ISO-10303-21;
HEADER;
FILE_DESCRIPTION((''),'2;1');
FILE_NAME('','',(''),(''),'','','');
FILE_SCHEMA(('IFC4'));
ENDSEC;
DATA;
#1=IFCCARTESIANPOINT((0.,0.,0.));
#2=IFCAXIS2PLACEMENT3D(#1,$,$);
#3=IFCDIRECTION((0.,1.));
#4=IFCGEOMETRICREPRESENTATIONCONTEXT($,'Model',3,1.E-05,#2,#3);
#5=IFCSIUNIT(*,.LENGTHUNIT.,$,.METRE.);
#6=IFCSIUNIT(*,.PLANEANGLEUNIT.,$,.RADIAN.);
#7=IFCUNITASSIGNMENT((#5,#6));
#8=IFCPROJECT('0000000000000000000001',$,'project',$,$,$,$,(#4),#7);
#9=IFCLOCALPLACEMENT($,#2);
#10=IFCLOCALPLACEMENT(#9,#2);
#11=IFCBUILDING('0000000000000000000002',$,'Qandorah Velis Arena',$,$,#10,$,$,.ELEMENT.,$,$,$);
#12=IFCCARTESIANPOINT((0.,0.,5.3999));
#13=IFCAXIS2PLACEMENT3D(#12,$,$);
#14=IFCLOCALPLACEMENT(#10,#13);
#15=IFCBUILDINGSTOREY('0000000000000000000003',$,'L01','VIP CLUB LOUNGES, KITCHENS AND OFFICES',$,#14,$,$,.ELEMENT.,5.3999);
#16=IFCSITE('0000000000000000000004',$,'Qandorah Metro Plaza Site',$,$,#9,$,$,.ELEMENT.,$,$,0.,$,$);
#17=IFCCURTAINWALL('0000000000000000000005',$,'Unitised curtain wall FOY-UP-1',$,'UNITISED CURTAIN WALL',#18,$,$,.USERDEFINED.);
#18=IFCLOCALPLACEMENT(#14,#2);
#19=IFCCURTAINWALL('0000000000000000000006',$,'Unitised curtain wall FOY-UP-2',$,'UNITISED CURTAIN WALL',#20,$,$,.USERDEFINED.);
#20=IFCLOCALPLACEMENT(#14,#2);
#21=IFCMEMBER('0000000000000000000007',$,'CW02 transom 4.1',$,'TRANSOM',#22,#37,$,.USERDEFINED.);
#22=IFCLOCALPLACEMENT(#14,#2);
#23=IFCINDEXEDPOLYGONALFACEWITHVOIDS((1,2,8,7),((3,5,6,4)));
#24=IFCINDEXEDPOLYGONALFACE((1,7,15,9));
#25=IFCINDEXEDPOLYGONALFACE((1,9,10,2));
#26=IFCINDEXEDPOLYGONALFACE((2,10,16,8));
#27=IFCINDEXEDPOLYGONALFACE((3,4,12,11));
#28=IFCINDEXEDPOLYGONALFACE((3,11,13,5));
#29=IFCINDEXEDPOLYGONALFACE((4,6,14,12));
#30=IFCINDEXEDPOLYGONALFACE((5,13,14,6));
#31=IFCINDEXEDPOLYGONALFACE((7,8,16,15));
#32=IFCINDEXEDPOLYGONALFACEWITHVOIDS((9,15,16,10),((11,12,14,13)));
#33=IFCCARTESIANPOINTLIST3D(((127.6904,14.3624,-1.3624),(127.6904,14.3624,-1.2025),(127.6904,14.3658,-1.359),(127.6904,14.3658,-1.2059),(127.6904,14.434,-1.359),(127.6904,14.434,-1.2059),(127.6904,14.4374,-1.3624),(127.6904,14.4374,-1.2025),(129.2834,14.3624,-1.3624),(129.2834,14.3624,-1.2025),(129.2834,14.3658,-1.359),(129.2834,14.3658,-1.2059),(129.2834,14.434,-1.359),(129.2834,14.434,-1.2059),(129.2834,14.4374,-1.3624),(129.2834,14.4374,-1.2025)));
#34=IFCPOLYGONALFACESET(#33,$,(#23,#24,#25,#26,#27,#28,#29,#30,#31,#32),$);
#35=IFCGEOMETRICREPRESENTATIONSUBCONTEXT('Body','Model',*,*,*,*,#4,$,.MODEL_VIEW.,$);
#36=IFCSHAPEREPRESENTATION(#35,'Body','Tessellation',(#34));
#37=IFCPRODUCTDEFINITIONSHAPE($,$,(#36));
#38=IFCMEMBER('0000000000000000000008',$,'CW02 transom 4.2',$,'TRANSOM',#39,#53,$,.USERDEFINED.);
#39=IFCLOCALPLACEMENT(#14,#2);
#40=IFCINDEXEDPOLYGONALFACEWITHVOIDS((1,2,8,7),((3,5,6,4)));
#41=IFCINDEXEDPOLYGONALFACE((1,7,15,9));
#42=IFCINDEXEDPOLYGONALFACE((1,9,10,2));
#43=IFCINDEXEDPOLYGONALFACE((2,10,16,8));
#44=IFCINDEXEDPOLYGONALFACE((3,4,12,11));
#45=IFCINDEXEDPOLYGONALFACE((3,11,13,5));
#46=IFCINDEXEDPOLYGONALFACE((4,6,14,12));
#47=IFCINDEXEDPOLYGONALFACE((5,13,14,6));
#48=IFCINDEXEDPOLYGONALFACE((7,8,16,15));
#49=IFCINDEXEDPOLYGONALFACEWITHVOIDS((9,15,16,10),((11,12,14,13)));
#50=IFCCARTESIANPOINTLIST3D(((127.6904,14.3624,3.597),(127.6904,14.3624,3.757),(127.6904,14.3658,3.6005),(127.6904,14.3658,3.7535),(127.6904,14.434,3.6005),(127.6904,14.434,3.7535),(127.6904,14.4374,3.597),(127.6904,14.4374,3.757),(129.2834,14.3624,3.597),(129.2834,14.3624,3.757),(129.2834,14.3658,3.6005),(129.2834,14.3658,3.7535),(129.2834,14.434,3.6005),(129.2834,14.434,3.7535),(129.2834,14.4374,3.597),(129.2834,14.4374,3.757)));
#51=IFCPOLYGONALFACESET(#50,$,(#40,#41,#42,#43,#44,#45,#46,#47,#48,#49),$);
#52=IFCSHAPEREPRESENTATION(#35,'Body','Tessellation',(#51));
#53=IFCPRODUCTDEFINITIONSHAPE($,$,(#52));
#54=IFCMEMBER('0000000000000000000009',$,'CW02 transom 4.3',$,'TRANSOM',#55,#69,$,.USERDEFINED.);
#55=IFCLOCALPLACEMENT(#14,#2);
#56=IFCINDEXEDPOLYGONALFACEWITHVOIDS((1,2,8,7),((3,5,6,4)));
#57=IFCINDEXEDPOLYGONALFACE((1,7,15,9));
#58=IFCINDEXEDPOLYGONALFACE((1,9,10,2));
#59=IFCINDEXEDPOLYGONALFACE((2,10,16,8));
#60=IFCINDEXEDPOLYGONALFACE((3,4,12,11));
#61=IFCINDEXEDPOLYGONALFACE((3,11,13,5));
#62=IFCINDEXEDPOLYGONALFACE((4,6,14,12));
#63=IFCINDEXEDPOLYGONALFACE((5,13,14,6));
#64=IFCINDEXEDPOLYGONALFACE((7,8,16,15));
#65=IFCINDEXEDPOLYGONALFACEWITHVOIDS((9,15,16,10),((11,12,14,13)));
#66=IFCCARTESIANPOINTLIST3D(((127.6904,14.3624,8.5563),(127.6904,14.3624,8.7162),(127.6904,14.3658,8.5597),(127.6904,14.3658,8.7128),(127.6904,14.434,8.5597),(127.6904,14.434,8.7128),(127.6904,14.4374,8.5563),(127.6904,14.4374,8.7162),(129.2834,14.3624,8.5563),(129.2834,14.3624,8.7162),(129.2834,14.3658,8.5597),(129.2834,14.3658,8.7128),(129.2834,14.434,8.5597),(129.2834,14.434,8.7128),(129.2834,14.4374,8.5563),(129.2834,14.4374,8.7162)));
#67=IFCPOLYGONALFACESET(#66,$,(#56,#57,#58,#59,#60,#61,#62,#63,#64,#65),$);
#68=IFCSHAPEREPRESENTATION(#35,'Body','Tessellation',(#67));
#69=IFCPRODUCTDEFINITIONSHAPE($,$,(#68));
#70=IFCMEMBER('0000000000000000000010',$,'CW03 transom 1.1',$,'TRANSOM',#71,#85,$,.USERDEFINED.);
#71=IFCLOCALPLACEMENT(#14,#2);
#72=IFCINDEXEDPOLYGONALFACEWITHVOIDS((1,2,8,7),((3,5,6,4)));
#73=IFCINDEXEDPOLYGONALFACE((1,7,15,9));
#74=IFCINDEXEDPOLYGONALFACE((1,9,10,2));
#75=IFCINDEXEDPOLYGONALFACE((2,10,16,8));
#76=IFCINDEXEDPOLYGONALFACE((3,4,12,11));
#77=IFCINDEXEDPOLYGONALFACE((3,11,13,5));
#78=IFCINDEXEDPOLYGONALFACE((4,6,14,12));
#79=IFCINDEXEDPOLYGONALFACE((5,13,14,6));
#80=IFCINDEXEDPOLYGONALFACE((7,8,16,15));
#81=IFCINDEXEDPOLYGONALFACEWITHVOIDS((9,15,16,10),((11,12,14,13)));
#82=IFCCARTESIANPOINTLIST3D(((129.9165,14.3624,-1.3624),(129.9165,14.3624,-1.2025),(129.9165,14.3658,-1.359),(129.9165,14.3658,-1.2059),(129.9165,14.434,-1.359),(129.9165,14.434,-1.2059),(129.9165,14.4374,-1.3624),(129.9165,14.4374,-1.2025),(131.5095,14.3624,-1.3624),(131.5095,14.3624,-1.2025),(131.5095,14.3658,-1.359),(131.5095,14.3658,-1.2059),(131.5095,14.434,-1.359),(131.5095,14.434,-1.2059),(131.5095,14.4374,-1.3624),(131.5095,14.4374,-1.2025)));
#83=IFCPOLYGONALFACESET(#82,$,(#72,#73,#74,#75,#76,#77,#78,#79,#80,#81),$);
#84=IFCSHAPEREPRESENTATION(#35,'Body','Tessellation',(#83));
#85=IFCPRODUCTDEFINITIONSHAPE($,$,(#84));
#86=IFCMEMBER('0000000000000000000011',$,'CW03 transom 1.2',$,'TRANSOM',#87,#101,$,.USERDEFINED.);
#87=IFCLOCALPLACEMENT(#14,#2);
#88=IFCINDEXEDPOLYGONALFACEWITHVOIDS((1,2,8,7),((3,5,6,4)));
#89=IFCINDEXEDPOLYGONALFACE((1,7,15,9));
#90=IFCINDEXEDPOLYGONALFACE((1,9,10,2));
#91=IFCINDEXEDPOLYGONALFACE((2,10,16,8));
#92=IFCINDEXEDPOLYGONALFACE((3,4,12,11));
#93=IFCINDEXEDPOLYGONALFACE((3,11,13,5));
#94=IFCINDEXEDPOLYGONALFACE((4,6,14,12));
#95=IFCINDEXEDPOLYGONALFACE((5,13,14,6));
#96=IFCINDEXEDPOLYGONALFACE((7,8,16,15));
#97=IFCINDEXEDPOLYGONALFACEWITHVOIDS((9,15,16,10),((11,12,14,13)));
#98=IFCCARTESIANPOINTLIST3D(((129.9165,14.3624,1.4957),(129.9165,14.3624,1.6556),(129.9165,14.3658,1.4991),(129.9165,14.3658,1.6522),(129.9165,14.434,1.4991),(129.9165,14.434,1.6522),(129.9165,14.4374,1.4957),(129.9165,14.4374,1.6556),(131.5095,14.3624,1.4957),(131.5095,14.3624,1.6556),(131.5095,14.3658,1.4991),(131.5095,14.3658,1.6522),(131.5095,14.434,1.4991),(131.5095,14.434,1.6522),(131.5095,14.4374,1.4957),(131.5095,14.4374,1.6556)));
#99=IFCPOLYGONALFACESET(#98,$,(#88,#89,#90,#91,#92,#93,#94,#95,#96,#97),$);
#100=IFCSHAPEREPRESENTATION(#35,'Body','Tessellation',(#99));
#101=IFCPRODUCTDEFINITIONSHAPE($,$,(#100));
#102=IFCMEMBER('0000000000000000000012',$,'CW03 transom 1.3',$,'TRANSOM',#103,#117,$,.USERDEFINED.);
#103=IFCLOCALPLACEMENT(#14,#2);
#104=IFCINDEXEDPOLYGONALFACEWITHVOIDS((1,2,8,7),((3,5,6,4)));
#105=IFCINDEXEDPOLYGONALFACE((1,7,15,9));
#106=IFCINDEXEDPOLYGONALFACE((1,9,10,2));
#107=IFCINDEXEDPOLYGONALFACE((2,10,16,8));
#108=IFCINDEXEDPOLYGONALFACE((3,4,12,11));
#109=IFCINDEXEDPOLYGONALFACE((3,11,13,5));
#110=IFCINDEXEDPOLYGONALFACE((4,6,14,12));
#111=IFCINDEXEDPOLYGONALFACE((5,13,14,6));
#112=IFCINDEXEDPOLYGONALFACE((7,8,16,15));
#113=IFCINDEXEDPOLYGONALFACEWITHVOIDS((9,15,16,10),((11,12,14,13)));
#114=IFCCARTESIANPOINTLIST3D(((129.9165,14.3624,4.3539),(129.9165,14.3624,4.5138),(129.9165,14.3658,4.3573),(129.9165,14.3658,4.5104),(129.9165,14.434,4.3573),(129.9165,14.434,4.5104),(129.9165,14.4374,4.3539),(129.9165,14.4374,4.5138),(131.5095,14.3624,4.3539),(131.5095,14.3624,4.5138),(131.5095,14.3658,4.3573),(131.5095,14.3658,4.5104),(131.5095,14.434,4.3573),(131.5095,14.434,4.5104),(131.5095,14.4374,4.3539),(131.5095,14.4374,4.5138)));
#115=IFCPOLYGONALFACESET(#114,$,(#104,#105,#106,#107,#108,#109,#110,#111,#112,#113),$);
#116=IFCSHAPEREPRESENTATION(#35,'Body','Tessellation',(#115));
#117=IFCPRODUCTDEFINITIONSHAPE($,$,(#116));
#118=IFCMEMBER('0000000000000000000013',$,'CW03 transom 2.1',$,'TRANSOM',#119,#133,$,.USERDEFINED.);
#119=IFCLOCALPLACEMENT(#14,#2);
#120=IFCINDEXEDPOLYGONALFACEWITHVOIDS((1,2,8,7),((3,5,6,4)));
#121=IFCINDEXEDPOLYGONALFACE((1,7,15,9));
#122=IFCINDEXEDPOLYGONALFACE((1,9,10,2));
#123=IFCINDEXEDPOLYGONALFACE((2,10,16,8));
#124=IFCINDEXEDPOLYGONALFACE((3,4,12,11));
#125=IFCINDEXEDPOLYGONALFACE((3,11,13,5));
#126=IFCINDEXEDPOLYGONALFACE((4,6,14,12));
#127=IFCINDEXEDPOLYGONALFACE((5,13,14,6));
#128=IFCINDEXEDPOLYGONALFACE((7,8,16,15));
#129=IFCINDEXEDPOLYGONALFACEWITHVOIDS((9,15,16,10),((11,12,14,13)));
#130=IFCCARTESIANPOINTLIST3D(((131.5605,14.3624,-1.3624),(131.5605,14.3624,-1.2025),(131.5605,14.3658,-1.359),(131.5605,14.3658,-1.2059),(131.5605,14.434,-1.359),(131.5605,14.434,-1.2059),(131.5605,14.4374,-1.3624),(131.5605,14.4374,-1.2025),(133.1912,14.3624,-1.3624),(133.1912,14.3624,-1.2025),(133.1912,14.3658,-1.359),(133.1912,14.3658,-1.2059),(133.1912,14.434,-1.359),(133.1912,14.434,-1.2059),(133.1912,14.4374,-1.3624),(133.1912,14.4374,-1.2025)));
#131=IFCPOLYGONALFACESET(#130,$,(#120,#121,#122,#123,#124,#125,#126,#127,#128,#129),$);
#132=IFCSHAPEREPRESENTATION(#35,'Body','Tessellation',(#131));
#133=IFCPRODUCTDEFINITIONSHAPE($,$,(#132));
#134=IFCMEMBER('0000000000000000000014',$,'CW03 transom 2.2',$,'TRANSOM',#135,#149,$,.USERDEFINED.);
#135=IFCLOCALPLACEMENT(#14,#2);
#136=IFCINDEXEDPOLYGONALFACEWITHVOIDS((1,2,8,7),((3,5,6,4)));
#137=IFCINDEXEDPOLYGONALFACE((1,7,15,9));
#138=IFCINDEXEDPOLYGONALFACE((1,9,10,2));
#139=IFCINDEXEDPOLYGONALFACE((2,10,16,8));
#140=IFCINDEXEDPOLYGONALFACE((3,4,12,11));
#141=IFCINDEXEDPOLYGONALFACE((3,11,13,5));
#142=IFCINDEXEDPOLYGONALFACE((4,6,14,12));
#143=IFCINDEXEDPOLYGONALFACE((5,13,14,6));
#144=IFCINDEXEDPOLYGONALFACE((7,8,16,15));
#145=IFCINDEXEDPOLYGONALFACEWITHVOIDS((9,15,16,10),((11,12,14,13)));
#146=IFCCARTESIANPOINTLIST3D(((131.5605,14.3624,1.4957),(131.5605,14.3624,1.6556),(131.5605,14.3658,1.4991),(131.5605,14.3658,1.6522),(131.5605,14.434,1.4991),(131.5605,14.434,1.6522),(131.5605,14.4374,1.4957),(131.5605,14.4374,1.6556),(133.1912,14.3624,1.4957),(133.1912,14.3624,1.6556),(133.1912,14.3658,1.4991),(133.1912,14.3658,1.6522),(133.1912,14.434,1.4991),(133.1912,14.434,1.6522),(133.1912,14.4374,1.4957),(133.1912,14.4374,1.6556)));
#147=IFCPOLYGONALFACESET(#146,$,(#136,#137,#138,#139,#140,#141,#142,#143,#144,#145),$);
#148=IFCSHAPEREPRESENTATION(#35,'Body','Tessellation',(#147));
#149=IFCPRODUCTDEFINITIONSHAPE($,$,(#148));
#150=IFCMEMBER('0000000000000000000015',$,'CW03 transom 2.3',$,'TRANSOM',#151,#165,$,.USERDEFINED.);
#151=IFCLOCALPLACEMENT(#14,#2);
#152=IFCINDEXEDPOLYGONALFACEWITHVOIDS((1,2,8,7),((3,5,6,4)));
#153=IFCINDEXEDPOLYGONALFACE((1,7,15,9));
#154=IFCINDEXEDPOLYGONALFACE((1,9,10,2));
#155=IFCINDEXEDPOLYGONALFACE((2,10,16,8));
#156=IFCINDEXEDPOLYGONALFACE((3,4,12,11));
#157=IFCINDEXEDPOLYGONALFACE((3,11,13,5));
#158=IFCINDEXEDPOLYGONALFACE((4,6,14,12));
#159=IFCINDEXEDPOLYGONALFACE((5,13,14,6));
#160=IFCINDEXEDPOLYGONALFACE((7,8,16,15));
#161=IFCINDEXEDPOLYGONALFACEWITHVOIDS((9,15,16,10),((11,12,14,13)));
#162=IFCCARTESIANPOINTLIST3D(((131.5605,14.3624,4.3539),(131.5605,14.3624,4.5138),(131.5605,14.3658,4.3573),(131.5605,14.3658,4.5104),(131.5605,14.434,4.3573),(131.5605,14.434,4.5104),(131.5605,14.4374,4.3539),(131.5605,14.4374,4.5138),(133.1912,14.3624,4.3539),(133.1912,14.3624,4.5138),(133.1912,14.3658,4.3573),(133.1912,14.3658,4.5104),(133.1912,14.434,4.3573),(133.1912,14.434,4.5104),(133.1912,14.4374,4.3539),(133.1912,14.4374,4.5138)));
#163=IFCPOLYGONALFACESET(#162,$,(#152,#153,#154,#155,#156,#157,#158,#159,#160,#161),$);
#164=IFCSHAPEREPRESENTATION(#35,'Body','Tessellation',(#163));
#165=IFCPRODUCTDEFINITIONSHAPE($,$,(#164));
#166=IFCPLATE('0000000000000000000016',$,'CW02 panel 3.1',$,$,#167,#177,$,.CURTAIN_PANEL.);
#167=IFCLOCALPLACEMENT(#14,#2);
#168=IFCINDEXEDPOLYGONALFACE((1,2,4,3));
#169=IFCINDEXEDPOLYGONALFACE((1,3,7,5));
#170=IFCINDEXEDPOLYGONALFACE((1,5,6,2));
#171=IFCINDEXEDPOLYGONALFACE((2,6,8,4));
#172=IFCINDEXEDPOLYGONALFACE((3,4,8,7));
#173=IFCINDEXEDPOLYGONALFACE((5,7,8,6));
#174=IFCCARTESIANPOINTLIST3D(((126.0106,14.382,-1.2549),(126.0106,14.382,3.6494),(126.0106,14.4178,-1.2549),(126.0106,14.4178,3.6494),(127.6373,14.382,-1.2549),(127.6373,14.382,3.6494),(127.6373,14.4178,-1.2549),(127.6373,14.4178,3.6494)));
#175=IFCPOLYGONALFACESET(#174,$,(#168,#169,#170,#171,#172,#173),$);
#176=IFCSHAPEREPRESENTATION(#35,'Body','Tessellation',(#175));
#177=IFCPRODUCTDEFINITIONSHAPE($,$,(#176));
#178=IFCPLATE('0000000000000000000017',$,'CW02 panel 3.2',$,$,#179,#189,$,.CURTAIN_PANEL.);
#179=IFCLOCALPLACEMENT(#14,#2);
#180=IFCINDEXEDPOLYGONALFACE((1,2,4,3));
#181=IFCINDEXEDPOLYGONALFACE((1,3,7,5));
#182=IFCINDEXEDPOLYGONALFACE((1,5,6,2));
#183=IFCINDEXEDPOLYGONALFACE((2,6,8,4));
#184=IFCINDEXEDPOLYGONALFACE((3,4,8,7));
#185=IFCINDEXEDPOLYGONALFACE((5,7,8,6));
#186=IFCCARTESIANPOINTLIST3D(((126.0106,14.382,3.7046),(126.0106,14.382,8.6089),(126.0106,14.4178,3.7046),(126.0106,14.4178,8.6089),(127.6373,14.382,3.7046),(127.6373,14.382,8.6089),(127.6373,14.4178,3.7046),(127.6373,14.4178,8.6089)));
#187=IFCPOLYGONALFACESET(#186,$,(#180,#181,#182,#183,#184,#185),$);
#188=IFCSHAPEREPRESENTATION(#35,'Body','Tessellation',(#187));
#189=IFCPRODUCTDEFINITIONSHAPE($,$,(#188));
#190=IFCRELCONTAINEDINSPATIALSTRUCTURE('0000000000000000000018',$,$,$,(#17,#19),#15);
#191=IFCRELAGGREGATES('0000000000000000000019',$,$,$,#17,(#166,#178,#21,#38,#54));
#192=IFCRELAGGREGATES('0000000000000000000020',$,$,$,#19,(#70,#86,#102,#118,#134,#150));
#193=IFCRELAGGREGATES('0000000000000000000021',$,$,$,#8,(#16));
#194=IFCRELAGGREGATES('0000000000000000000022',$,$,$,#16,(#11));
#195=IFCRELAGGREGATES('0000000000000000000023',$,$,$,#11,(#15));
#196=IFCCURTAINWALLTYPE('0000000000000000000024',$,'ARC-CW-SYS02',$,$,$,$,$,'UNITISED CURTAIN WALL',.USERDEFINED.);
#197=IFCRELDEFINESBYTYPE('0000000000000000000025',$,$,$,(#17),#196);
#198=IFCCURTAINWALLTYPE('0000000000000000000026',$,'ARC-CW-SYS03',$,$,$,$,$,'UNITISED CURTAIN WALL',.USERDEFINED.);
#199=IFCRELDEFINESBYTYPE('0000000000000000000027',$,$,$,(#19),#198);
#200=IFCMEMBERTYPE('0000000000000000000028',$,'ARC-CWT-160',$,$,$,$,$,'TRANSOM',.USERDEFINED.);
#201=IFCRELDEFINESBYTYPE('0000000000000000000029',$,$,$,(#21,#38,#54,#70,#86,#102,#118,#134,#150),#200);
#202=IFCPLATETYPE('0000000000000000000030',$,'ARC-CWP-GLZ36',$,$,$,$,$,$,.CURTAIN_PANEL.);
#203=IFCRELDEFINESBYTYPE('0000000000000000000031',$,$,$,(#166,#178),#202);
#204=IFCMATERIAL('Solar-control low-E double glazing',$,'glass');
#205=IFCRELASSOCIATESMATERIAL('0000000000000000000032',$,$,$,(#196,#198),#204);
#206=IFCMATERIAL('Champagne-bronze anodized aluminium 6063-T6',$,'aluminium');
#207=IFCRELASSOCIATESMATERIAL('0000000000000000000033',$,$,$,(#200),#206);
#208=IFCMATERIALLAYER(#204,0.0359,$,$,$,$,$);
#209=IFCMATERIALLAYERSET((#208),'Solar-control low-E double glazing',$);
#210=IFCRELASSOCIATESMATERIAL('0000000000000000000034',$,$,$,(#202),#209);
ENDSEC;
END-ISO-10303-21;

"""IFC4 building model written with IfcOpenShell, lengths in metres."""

from ifc_helpers import new_model, si_unit, direction, frame, origin, origin_2d, place, context, subcontext, project, spatial, rectangle, hollow_rectangle, extrude, material, layer, layer_set, material_profile, profile_set, type_object, element, aggregate, save


model = new_model("IFC4")

# Units and contexts
model_context = context("Model", 3, precision=1e-05, world=origin(), true_north=direction((0.0, 1.0)))
body_context = subcontext(model_context, "Body", "Model", "MODEL_VIEW")
ifc_project = project(units=[si_unit("LENGTHUNIT", "METRE"), si_unit("PLANEANGLEUNIT", "RADIAN")], contexts=[model_context])

# Site, building, storey
site_placement = place(None, origin())
site = spatial("IfcSite", under=ifc_project, at=site_placement, Name="Qandorah Metro Plaza Site", CompositionType="ELEMENT", RefElevation=0.0)
building_placement = place(site_placement, origin())
building = spatial("IfcBuilding", under=site, at=building_placement, Name="Qandorah Velis Arena", CompositionType="ELEMENT")
storey_placement = place(building_placement, frame((0.0, 0.0, 5.3999)))
storey = spatial("IfcBuildingStorey", under=building, at=storey_placement, Name="L01", Description="VIP CLUB LOUNGES, KITCHENS AND OFFICES", CompositionType="ELEMENT", Elevation=5.3999)

# Curtain walls
ifc_material_1 = material(Name="Solar-control low-E double glazing", Category="glass")
curtain_wall_type_1 = type_object("IfcCurtainWallType", Name="ARC-CW-SYS02", ElementType="UNITISED CURTAIN WALL", PredefinedType="USERDEFINED", material=ifc_material_1)
curtain_wall_1_placement = place(storey_placement, origin())
curtain_wall_1 = element("IfcCurtainWall", 1, at=curtain_wall_1_placement, inside=storey, type_object=curtain_wall_type_1, Name="Unitised curtain wall FOY-UP-1", ObjectType="UNITISED CURTAIN WALL", PredefinedType="USERDEFINED")
ifc_material_2 = material(Name="Champagne-bronze anodized aluminium 6063-T6", Category="aluminium")
curtain_wall_type_2 = type_object("IfcCurtainWallType", Name="ARC-CW-SYS03", ElementType="UNITISED CURTAIN WALL", PredefinedType="USERDEFINED", material=ifc_material_1)
curtain_wall_2_placement = place(storey_placement, origin())
curtain_wall_2 = element("IfcCurtainWall", 2, at=curtain_wall_2_placement, inside=storey, type_object=curtain_wall_type_2, Name="Unitised curtain wall FOY-UP-2", ObjectType="UNITISED CURTAIN WALL", PredefinedType="USERDEFINED")

# Members
ifc_material_profile_1 = material_profile(ifc_material_2, hollow_rectangle(XDim=0.075, YDim=0.1599, WallThickness=0.0034, at=origin_2d()), Name="ALU TRANSOM 75x160")
ifc_profile_set_1 = profile_set([ifc_material_profile_1], Name="Champagne-bronze anodized aluminium 6063-T6")
member_type_1 = type_object("IfcMemberType", Name="ARC-CWT-160", ElementType="TRANSOM", PredefinedType="USERDEFINED", material=ifc_profile_set_1)
member_1_placement = place(storey_placement, frame((127.6904, 14.3999, -1.2825), z_axis=(1.0, 0.0, 0.0), x_axis=(0.0, 1.0, 0.0)))
member_1 = element("IfcMember", 3, at=member_1_placement, type_object=member_type_1, Name="CW02 transom 4.1", ObjectType="TRANSOM", PredefinedType="USERDEFINED", context=body_context, shape_type="SweptSolid", body=[
    extrude(hollow_rectangle(XDim=0.075, YDim=0.1599, WallThickness=0.0034, at=origin_2d()), origin(), (0.0, 0.0, 1.0), 1.593),
])
member_2_placement = place(storey_placement, frame((127.6904, 14.3999, 3.677), z_axis=(1.0, 0.0, 0.0), x_axis=(0.0, 1.0, 0.0)))
member_2 = element("IfcMember", 4, at=member_2_placement, type_object=member_type_1, Name="CW02 transom 4.2", ObjectType="TRANSOM", PredefinedType="USERDEFINED", context=body_context, shape_type="SweptSolid", body=[
    extrude(hollow_rectangle(XDim=0.075, YDim=0.1599, WallThickness=0.0034, at=origin_2d()), origin(), (0.0, 0.0, 1.0), 1.593),
])
member_3_placement = place(storey_placement, frame((127.6904, 14.3999, 8.6362), z_axis=(1.0, 0.0, 0.0), x_axis=(0.0, 1.0, 0.0)))
member_3 = element("IfcMember", 5, at=member_3_placement, type_object=member_type_1, Name="CW02 transom 4.3", ObjectType="TRANSOM", PredefinedType="USERDEFINED", context=body_context, shape_type="SweptSolid", body=[
    extrude(hollow_rectangle(XDim=0.075, YDim=0.1599, WallThickness=0.0034, at=origin_2d()), origin(), (0.0, 0.0, 1.0), 1.593),
])
member_4_placement = place(storey_placement, frame((129.9165, 14.3999, -1.2825), z_axis=(1.0, 0.0, 0.0), x_axis=(0.0, 1.0, 0.0)))
member_4 = element("IfcMember", 6, at=member_4_placement, type_object=member_type_1, Name="CW03 transom 1.1", ObjectType="TRANSOM", PredefinedType="USERDEFINED", context=body_context, shape_type="SweptSolid", body=[
    extrude(hollow_rectangle(XDim=0.075, YDim=0.1599, WallThickness=0.0034, at=origin_2d()), origin(), (0.0, 0.0, 1.0), 1.593),
])
member_5_placement = place(storey_placement, frame((129.9165, 14.3999, 1.5757), z_axis=(1.0, 0.0, 0.0), x_axis=(0.0, 1.0, 0.0)))
member_5 = element("IfcMember", 7, at=member_5_placement, type_object=member_type_1, Name="CW03 transom 1.2", ObjectType="TRANSOM", PredefinedType="USERDEFINED", context=body_context, shape_type="SweptSolid", body=[
    extrude(hollow_rectangle(XDim=0.075, YDim=0.1599, WallThickness=0.0034, at=origin_2d()), origin(), (0.0, 0.0, 1.0), 1.593),
])
member_6_placement = place(storey_placement, frame((129.9165, 14.3999, 4.4338), z_axis=(1.0, 0.0, 0.0), x_axis=(0.0, 1.0, 0.0)))
member_6 = element("IfcMember", 8, at=member_6_placement, type_object=member_type_1, Name="CW03 transom 1.3", ObjectType="TRANSOM", PredefinedType="USERDEFINED", context=body_context, shape_type="SweptSolid", body=[
    extrude(hollow_rectangle(XDim=0.075, YDim=0.1599, WallThickness=0.0034, at=origin_2d()), origin(), (0.0, 0.0, 1.0), 1.593),
])
member_7_placement = place(storey_placement, frame((131.5605, 14.3999, -1.2825), z_axis=(1.0, 0.0, 0.0), x_axis=(0.0, 1.0, 0.0)))
member_7 = element("IfcMember", 9, at=member_7_placement, type_object=member_type_1, Name="CW03 transom 2.1", ObjectType="TRANSOM", PredefinedType="USERDEFINED", context=body_context, shape_type="SweptSolid", body=[
    extrude(hollow_rectangle(XDim=0.075, YDim=0.1599, WallThickness=0.0034, at=origin_2d()), origin(), (0.0, 0.0, 1.0), 1.6306),
])
member_8_placement = place(storey_placement, frame((131.5605, 14.3999, 1.5757), z_axis=(1.0, 0.0, 0.0), x_axis=(0.0, 1.0, 0.0)))
member_8 = element("IfcMember", 10, at=member_8_placement, type_object=member_type_1, Name="CW03 transom 2.2", ObjectType="TRANSOM", PredefinedType="USERDEFINED", context=body_context, shape_type="SweptSolid", body=[
    extrude(hollow_rectangle(XDim=0.075, YDim=0.1599, WallThickness=0.0034, at=origin_2d()), origin(), (0.0, 0.0, 1.0), 1.6306),
])
member_9_placement = place(storey_placement, frame((131.5605, 14.3999, 4.4338), z_axis=(1.0, 0.0, 0.0), x_axis=(0.0, 1.0, 0.0)))
member_9 = element("IfcMember", 11, at=member_9_placement, type_object=member_type_1, Name="CW03 transom 2.3", ObjectType="TRANSOM", PredefinedType="USERDEFINED", context=body_context, shape_type="SweptSolid", body=[
    extrude(hollow_rectangle(XDim=0.075, YDim=0.1599, WallThickness=0.0034, at=origin_2d()), origin(), (0.0, 0.0, 1.0), 1.6306),
])

# Plates
ifc_layer = layer(ifc_material_1, 0.0359)
ifc_layer_set = layer_set([ifc_layer], Name="Solar-control low-E double glazing")
plate_type = type_object("IfcPlateType", Name="ARC-CWP-GLZ36", PredefinedType="CURTAIN_PANEL", material=ifc_layer_set)
plate_1_placement = place(storey_placement, frame((126.824, 14.3999, -1.2549), z_axis=(0.0, 0.0, 1.0), x_axis=(1.0, 0.0, 0.0)))
plate_1 = element("IfcPlate", 12, at=plate_1_placement, type_object=plate_type, Name="CW02 panel 3.1", PredefinedType="CURTAIN_PANEL", context=body_context, shape_type="SweptSolid", body=[
    extrude(rectangle(XDim=1.6267, YDim=0.0359, at=origin_2d()), origin(), (0.0, 0.0, 1.0), 4.9043),
])
plate_2_placement = place(storey_placement, frame((126.824, 14.3999, 3.7046), z_axis=(0.0, 0.0, 1.0), x_axis=(1.0, 0.0, 0.0)))
plate_2 = element("IfcPlate", 13, at=plate_2_placement, type_object=plate_type, Name="CW02 panel 3.2", PredefinedType="CURTAIN_PANEL", context=body_context, shape_type="SweptSolid", body=[
    extrude(rectangle(XDim=1.6267, YDim=0.0359, at=origin_2d()), origin(), (0.0, 0.0, 1.0), 4.9043),
])
aggregate(curtain_wall_1, [plate_1, plate_2, member_1, member_2, member_3])
aggregate(curtain_wall_2, [member_4, member_5, member_6, member_7, member_8, member_9])

save(model, "model.ifc")
